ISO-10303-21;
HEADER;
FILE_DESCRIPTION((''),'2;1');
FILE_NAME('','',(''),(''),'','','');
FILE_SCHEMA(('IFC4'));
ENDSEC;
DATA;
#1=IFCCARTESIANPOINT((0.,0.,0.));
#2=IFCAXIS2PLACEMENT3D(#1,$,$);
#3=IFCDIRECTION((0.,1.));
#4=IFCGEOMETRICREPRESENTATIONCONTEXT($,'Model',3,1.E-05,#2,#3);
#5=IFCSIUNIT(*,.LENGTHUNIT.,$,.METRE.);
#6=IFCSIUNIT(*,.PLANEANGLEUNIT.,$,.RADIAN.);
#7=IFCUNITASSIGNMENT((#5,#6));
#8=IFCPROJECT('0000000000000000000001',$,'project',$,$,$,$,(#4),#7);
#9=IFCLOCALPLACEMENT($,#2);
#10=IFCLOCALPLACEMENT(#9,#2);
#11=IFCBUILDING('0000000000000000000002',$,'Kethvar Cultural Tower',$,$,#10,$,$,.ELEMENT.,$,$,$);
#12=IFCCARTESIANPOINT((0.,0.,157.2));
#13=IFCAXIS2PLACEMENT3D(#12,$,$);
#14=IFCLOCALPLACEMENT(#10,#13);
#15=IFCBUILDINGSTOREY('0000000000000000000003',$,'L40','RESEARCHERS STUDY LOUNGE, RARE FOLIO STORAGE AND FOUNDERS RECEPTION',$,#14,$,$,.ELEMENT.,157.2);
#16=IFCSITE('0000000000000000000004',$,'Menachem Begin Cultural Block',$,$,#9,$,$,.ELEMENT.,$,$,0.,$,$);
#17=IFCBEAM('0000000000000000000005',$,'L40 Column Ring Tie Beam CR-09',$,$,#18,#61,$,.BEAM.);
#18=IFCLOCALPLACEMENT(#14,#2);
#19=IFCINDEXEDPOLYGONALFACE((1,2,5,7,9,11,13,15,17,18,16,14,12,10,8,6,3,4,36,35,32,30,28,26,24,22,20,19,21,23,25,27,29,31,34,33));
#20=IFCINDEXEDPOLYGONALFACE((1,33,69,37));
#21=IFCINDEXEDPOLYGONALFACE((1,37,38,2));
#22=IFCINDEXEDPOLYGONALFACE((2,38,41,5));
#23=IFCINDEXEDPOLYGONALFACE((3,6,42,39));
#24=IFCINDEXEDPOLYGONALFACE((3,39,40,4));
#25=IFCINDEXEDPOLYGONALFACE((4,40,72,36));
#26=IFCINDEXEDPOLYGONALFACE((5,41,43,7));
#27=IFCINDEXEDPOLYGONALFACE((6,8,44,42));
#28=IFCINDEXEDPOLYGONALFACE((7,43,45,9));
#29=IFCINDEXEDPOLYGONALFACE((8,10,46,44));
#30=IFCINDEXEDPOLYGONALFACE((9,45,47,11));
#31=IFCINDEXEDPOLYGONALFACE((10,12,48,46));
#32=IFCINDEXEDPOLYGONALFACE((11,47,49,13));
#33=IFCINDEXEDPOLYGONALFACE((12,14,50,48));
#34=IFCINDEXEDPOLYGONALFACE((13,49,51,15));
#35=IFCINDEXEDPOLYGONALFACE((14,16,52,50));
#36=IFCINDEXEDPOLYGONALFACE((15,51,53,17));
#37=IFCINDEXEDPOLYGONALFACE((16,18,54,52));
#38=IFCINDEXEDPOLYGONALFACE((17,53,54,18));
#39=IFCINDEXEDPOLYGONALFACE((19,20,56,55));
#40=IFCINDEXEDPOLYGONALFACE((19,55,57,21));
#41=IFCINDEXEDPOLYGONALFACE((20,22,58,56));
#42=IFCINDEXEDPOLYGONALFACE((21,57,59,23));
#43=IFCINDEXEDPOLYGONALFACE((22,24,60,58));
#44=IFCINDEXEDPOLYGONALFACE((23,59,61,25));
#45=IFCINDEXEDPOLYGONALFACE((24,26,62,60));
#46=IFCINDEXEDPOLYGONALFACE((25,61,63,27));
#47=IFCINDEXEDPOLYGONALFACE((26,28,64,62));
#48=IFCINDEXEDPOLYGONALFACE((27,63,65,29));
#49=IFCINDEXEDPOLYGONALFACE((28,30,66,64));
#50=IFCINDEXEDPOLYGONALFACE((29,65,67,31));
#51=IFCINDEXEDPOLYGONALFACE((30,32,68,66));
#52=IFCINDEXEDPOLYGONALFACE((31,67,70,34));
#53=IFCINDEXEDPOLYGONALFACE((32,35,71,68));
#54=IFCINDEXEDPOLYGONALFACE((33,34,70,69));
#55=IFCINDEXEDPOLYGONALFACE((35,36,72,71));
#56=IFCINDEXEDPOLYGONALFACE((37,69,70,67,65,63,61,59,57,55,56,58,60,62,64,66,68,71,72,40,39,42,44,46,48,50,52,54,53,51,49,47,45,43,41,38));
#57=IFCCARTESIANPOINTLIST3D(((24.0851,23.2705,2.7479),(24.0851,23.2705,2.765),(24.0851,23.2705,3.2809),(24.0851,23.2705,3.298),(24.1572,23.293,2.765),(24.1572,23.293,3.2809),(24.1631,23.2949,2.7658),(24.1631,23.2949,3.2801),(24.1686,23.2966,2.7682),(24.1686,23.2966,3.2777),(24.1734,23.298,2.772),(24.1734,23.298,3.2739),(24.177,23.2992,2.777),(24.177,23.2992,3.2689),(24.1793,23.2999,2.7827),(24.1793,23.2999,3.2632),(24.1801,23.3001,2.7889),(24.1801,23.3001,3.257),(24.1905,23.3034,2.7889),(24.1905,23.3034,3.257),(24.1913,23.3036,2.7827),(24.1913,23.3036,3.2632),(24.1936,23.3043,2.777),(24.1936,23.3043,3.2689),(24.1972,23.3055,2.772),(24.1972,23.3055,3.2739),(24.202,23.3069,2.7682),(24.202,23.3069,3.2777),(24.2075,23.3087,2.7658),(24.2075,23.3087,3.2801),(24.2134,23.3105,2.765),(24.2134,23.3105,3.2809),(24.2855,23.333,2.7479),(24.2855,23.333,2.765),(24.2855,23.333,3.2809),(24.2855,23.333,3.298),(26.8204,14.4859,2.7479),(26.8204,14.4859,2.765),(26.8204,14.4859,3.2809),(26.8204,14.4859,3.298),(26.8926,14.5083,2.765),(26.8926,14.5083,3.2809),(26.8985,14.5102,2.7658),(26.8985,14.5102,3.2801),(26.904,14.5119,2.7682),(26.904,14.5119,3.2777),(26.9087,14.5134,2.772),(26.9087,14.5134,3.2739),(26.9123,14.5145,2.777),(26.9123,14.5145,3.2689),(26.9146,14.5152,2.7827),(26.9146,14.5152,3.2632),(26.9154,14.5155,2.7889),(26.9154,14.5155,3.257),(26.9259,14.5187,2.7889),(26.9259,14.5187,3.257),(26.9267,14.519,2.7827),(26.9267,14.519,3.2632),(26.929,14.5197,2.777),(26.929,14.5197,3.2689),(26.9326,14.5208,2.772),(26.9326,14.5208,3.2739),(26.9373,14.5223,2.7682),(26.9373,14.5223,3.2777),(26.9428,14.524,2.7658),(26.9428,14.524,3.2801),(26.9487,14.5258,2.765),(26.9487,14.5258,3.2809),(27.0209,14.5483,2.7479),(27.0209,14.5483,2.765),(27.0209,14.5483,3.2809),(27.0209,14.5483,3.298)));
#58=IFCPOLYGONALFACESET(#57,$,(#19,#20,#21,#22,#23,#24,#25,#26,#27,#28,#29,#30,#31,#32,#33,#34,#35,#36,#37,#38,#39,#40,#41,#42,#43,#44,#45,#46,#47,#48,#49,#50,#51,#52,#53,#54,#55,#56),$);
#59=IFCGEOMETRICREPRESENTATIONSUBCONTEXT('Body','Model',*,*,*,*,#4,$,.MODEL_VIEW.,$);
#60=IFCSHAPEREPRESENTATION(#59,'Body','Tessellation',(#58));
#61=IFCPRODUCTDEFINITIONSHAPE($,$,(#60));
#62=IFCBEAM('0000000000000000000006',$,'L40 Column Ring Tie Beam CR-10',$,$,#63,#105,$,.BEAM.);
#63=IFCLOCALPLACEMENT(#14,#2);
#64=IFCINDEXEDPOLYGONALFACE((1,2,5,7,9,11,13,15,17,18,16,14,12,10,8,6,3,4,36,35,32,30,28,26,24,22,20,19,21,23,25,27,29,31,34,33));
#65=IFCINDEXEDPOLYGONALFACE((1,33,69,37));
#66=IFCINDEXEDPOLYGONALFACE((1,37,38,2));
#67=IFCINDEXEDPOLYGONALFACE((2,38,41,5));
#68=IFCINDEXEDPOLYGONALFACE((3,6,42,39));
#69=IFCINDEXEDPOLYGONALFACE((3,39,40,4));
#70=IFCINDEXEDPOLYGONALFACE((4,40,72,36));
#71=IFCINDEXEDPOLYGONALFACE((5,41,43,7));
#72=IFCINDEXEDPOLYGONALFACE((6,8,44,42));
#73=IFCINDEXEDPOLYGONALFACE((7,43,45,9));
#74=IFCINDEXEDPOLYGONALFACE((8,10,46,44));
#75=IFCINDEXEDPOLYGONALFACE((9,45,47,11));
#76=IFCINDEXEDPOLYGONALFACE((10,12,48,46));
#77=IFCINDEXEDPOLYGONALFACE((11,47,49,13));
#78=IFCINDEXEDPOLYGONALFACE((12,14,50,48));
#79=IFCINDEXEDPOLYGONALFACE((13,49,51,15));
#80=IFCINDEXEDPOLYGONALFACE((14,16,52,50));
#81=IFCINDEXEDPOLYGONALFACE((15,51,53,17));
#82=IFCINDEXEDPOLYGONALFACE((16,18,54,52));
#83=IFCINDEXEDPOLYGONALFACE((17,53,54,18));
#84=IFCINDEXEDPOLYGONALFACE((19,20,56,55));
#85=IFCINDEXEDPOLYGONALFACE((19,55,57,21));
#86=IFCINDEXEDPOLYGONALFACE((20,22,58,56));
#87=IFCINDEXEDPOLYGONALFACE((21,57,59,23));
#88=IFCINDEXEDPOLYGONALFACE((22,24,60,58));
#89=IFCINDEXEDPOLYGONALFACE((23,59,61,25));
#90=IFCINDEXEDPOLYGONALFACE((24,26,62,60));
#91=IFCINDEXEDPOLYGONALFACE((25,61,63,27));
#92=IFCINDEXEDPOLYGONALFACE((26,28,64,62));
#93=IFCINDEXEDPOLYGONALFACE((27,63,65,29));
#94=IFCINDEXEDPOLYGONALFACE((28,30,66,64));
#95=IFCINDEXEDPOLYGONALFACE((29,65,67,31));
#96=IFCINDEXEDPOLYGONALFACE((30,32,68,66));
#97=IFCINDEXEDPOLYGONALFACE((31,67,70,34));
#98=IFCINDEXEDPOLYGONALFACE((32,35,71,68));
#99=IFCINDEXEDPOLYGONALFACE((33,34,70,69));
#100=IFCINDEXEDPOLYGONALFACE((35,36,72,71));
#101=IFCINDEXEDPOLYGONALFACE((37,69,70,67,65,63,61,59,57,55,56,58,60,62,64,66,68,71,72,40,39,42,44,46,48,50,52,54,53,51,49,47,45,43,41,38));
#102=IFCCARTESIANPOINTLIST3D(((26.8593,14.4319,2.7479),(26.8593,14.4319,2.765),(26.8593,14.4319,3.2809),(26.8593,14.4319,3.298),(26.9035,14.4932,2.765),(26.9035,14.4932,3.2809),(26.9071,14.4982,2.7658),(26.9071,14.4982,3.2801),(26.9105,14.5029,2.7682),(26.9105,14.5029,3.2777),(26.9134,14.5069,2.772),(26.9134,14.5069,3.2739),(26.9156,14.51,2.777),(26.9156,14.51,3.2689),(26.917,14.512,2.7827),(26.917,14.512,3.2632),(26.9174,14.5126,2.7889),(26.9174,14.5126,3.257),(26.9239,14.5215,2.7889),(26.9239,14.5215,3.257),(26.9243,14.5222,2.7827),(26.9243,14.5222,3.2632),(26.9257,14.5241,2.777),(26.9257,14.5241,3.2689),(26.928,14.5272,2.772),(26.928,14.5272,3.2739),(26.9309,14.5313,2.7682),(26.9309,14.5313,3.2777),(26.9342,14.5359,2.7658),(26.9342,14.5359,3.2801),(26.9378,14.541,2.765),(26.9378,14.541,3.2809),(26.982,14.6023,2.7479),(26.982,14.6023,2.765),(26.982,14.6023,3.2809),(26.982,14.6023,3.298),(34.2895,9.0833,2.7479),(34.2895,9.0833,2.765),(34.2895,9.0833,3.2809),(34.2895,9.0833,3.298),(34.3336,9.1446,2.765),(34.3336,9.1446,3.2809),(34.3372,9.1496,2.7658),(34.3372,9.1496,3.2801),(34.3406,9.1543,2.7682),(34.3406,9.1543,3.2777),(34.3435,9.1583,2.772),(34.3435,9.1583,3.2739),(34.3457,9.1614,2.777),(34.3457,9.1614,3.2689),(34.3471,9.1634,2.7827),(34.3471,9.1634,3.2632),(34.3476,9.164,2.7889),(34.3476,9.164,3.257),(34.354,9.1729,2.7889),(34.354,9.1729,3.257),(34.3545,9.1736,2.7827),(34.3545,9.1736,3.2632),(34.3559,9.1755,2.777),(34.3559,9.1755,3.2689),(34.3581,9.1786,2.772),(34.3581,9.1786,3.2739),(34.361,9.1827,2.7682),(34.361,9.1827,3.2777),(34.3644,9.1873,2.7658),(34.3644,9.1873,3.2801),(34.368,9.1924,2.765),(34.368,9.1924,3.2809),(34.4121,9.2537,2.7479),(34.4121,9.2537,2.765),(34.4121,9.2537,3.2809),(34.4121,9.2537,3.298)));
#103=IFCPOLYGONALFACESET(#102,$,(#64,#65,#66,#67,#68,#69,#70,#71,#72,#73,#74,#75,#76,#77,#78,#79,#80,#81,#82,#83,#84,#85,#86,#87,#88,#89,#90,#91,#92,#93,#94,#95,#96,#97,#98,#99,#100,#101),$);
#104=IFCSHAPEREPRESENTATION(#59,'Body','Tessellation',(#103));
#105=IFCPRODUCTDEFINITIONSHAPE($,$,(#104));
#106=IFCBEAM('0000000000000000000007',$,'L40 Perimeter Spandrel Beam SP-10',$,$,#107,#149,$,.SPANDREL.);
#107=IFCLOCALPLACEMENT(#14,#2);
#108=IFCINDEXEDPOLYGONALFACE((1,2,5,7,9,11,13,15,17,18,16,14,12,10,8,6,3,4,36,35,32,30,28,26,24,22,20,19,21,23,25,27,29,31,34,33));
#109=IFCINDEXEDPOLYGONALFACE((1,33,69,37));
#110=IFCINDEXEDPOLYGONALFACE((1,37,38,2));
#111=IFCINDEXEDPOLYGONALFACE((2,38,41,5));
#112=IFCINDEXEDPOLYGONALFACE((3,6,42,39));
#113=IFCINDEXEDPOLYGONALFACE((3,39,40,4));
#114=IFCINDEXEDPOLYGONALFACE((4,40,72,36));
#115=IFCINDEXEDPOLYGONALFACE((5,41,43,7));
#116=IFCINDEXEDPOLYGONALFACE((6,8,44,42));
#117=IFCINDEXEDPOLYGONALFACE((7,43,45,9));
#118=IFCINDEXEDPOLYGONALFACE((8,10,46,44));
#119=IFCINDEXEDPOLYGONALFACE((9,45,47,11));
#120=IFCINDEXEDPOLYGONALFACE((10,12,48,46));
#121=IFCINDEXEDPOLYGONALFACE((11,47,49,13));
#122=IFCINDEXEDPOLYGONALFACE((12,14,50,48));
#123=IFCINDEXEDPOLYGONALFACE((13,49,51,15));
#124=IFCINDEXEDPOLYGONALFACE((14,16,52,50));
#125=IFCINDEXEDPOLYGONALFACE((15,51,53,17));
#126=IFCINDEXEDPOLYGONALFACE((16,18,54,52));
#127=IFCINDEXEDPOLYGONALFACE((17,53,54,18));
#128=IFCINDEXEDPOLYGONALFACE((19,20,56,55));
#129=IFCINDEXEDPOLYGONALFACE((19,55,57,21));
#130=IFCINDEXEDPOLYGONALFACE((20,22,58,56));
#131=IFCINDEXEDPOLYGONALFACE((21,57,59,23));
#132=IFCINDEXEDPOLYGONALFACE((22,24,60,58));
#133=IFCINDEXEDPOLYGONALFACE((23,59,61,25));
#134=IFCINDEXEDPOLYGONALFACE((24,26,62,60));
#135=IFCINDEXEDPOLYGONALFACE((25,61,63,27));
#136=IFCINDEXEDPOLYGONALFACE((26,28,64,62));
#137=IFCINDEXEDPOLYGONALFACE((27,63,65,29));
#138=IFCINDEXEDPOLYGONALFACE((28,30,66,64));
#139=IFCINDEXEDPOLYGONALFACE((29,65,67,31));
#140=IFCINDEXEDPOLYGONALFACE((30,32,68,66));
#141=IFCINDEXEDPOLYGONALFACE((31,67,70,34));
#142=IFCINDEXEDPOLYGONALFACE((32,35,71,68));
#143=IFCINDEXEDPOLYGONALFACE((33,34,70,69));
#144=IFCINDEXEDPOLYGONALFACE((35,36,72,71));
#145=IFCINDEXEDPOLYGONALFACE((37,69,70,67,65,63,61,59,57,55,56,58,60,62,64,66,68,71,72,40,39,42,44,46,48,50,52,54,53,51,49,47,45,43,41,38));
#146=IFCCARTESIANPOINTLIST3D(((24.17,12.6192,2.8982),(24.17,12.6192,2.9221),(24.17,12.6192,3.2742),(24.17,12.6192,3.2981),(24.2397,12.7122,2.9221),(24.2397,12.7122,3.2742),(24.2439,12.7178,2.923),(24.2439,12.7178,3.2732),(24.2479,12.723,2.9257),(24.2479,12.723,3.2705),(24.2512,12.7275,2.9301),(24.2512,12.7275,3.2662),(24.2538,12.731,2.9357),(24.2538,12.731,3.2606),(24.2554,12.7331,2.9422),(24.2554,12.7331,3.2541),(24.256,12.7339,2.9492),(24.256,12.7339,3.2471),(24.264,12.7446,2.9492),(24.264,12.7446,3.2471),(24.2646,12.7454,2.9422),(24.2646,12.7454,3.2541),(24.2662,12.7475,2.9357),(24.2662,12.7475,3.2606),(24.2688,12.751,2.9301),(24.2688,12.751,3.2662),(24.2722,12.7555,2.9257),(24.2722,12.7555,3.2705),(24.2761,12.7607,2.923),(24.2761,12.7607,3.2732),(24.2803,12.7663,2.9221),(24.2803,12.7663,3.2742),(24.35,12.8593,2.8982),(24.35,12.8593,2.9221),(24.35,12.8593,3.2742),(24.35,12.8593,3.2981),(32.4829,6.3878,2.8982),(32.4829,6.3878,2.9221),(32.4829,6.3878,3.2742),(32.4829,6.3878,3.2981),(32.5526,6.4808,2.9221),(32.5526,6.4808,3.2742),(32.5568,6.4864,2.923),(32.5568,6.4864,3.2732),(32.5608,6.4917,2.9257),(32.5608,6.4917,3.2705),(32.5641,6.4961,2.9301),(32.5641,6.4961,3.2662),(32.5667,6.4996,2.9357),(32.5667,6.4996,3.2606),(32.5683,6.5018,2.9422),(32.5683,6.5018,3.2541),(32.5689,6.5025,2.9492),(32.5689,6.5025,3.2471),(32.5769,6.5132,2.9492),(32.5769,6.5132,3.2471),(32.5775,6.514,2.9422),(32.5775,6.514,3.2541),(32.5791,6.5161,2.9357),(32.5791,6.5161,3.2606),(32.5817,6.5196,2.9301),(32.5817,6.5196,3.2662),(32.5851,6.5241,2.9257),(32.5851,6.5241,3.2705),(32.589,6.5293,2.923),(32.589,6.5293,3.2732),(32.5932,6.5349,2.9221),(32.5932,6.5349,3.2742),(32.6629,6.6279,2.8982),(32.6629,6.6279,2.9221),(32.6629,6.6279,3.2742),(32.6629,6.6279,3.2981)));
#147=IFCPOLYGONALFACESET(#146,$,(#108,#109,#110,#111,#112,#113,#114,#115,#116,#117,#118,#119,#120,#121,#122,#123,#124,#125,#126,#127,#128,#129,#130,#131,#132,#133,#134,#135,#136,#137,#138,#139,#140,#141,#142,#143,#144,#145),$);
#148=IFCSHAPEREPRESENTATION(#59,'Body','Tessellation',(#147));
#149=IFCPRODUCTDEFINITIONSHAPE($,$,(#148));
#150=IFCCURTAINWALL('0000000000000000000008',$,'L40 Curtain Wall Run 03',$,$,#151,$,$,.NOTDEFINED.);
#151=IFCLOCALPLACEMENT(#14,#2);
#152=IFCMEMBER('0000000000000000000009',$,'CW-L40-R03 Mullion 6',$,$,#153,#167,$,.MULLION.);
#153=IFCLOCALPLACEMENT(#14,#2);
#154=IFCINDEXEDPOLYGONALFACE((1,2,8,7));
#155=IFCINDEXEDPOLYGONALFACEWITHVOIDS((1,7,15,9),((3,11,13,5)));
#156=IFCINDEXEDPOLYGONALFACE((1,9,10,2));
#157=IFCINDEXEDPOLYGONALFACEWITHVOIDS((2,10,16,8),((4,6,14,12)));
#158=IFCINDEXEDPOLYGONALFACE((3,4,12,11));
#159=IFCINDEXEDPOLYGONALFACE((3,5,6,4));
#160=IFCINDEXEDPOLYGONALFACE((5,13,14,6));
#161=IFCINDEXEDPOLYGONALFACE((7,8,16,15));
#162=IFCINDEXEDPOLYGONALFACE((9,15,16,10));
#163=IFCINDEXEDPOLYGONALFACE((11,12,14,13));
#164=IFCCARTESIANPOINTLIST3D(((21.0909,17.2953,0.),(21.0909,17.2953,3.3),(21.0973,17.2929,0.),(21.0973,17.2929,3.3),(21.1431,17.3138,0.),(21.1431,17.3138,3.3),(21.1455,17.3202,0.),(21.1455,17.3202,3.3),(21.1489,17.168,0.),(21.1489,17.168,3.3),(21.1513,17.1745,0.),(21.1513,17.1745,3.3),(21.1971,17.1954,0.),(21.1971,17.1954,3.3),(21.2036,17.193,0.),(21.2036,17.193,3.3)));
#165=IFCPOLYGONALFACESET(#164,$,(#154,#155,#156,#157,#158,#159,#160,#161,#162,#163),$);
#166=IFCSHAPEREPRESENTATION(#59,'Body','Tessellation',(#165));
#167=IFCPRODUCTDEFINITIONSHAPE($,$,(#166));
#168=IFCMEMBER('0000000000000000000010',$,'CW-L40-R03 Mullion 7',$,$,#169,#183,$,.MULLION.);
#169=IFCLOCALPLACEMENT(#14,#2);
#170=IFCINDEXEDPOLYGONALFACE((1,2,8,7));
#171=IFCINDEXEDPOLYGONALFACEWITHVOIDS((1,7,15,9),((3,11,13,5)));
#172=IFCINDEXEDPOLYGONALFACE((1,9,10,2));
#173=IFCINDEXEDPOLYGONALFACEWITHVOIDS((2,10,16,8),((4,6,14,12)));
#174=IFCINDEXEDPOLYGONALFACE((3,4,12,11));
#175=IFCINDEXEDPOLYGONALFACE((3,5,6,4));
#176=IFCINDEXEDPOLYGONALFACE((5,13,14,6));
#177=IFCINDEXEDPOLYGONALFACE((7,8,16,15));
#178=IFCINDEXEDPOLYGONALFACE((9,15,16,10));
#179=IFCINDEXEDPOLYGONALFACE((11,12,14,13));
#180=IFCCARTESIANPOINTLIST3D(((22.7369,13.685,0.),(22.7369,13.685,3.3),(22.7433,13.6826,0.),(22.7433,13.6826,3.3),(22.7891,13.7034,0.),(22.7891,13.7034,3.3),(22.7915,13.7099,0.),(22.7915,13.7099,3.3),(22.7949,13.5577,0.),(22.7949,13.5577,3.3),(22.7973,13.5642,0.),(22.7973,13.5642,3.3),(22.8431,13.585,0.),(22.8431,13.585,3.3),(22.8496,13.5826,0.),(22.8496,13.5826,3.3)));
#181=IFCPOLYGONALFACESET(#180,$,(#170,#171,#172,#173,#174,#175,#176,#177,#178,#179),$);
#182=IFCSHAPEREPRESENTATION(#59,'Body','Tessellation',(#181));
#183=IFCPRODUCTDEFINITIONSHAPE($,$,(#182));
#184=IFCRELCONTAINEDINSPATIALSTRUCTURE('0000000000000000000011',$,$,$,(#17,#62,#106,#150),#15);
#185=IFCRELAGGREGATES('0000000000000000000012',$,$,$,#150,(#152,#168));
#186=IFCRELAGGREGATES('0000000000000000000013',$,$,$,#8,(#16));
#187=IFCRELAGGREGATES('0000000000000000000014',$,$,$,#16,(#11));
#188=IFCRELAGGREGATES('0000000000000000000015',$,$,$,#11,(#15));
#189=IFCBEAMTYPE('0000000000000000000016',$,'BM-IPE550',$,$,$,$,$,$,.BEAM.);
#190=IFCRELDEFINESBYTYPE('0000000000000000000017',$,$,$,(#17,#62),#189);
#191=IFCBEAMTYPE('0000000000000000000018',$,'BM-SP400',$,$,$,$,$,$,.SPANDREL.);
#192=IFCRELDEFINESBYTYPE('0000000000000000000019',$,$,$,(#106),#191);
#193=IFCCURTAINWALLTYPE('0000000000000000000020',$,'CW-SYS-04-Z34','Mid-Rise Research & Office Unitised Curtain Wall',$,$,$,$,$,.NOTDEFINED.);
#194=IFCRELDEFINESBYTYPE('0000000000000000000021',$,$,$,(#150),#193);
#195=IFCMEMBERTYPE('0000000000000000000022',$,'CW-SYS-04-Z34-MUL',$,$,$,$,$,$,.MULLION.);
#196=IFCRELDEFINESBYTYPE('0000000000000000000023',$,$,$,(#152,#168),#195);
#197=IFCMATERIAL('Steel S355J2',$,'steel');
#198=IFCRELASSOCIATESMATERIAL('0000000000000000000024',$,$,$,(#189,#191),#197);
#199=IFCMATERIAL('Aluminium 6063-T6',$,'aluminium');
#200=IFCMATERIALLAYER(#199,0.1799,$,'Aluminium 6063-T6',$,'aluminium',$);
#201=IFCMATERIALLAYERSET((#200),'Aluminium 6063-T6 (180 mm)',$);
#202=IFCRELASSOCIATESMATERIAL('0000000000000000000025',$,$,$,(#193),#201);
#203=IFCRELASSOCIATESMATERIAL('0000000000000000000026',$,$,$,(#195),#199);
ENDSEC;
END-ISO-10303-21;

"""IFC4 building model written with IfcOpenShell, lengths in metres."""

from ifc_helpers import new_model, si_unit, direction, frame, origin, origin_2d, place, context, subcontext, project, spatial, hollow_rectangle, i_section, extrude, source, transform, mapped, material, layer, layer_set, material_profile, profile_set, type_object, element, aggregate, save


model = new_model("IFC4")

# Units and contexts
model_context = context("Model", 3, precision=1e-05, world=origin(), true_north=direction((0.0, 1.0)))
body_context = subcontext(model_context, "Body", "Model", "MODEL_VIEW")
ifc_project = project(units=[si_unit("LENGTHUNIT", "METRE"), si_unit("PLANEANGLEUNIT", "RADIAN")], contexts=[model_context])

# Site, building, storey
site_placement = place(None, origin())
site = spatial("IfcSite", under=ifc_project, at=site_placement, Name="Menachem Begin Cultural Block", CompositionType="ELEMENT", RefElevation=0.0)
building_placement = place(site_placement, origin())
building = spatial("IfcBuilding", under=site, at=building_placement, Name="Kethvar Cultural Tower", CompositionType="ELEMENT")
storey_placement = place(building_placement, frame((0.0, 0.0, 157.2)))
storey = spatial("IfcBuildingStorey", under=building, at=storey_placement, Name="L40", Description="RESEARCHERS STUDY LOUNGE, RARE FOLIO STORAGE AND FOUNDERS RECEPTION", CompositionType="ELEMENT", Elevation=157.2)

# Beams
ifc_material_1 = material(Name="Steel S355J2", Category="steel")
ifc_material_profile_1 = material_profile(ifc_material_1, i_section(OverallWidth=0.21, OverallDepth=0.55, WebThickness=0.011, FlangeThickness=0.0171, FilletRadius=0.0239, at=origin_2d()), Name="Steel S355J2 — IPE550")
ifc_profile_set_1 = profile_set([ifc_material_profile_1], Name="Steel S355J2 — IPE550")
beam_type_1 = type_object("IfcBeamType", Name="BM-IPE550", PredefinedType="BEAM", material=ifc_profile_set_1)
shared_shape_1 = source(origin(), body_context, "Body", "SweptSolid", [
    extrude(i_section(OverallWidth=0.21, OverallDepth=0.55, WebThickness=0.011, FlangeThickness=0.0171, FilletRadius=0.0239, at=origin_2d()), origin(), (0.0, 0.0, 1.0), 9.2007),
])
beam_1_placement = place(storey_placement, frame((24.1853, 23.3018, 3.0229), z_axis=(0.297299, -0.954784, 0.0), x_axis=(0.954784, 0.297299, 0.0)))
element("IfcBeam", 1, at=beam_1_placement, inside=storey, type_object=beam_type_1, Name="L40 Column Ring Tie Beam CR-09", PredefinedType="BEAM", context=body_context, shape_type="MappedRepresentation", body=[
    mapped(shared_shape_1, transform((0.0, 0.0, 0.0), scale=1.0)),
])
shared_shape_2 = source(origin(), body_context, "Body", "SweptSolid", [
    extrude(i_section(OverallWidth=0.21, OverallDepth=0.55, WebThickness=0.011, FlangeThickness=0.0171, FilletRadius=0.0239, at=origin_2d()), origin(), (0.0, 0.0, 1.0), 9.155),
])
beam_2_placement = place(storey_placement, frame((26.9207, 14.5171, 3.0229), z_axis=(0.811591, -0.584226, 0.0), x_axis=(0.584226, 0.811591, 0.0)))
element("IfcBeam", 2, at=beam_2_placement, inside=storey, type_object=beam_type_1, Name="L40 Column Ring Tie Beam CR-10", PredefinedType="BEAM", context=body_context, shape_type="MappedRepresentation", body=[
    mapped(shared_shape_2, transform((0.0, 0.0, 0.0), scale=1.0)),
])
ifc_material_profile_2 = material_profile(ifc_material_1, i_section(OverallWidth=0.3, OverallDepth=0.3999, WebThickness=0.0134, FlangeThickness=0.0239, FilletRadius=0.0271, at=origin_2d()), Name="Steel S355J2 — HEB400")
ifc_profile_set_2 = profile_set([ifc_material_profile_2], Name="Steel S355J2 — HEB400")
beam_type_2 = type_object("IfcBeamType", Name="BM-SP400", PredefinedType="SPANDREL", material=ifc_profile_set_2)
shared_shape_3 = source(origin(), body_context, "Body", "SweptSolid", [
    extrude(i_section(OverallWidth=0.3, OverallDepth=0.3999, WebThickness=0.0134, FlangeThickness=0.0239, FilletRadius=0.0271, at=origin_2d()), origin(), (0.0, 0.0, 1.0), 10.3892),
])
beam_3_placement = place(storey_placement, frame((24.26, 12.7393, 3.0981), z_axis=(0.800152, -0.599797, 0.0), x_axis=(0.599797, 0.800152, 0.0)))
element("IfcBeam", 3, at=beam_3_placement, inside=storey, type_object=beam_type_2, Name="L40 Perimeter Spandrel Beam SP-10", PredefinedType="SPANDREL", context=body_context, shape_type="MappedRepresentation", body=[
    mapped(shared_shape_3, transform((0.0, 0.0, 0.0), scale=1.0)),
])

# Curtain wall, members
ifc_material_2 = material(Name="Aluminium 6063-T6", Category="aluminium")
ifc_layer_1 = layer(ifc_material_2, 0.1799, Name="Aluminium 6063-T6", Category="aluminium")
ifc_layer_set_1 = layer_set([ifc_layer_1], Name="Aluminium 6063-T6 (180 mm)")
curtain_wall_type = type_object("IfcCurtainWallType", Name="CW-SYS-04-Z34", Description="Mid-Rise Research & Office Unitised Curtain Wall", PredefinedType="NOTDEFINED", material=ifc_layer_set_1)
curtain_wall_1_placement = place(storey_placement, origin())
curtain_wall_1 = element("IfcCurtainWall", 4, at=curtain_wall_1_placement, inside=storey, type_object=curtain_wall_type, Name="L40 Curtain Wall Run 03", PredefinedType="NOTDEFINED")
ifc_material_profile_3 = material_profile(ifc_material_2, hollow_rectangle(XDim=0.0601, YDim=0.1399, WallThickness=0.0049, at=origin_2d()), Name="Aluminium 6063-T6 — RHS140x60x5")
ifc_profile_set_3 = profile_set([ifc_material_profile_3], Name="Aluminium 6063-T6 — RHS140x60x5")
member_type_1 = type_object("IfcMemberType", Name="CW-SYS-04-Z34-MUL", PredefinedType="MULLION", material=ifc_profile_set_3)
shared_shape_4 = source(origin(), body_context, "Body", "SweptSolid", [
    extrude(hollow_rectangle(XDim=0.0601, YDim=0.1399, WallThickness=0.0049, at=origin_2d()), origin(), (0.0, 0.0, 1.0), 3.3),
])
member_1_placement = place(storey_placement, frame((21.1472, 17.2441, 0.0), z_axis=(0.0, 0.0, 1.0), x_axis=(0.909896, 0.414836, 0.0)))
member_1 = element("IfcMember", 5, at=member_1_placement, type_object=member_type_1, Name="CW-L40-R03 Mullion 6", PredefinedType="MULLION", context=body_context, shape_type="MappedRepresentation", body=[
    mapped(shared_shape_4, transform((0.0, 0.0, 0.0), scale=1.0)),
])
member_2_placement = place(storey_placement, frame((22.7932, 13.6338, 0.0), z_axis=(0.0, 0.0, 1.0), x_axis=(0.909896, 0.414836, 0.0)))
member_2 = element("IfcMember", 6, at=member_2_placement, type_object=member_type_1, Name="CW-L40-R03 Mullion 7", PredefinedType="MULLION", context=body_context, shape_type="MappedRepresentation", body=[
    mapped(shared_shape_4, transform((0.0, 0.0, 0.0), scale=1.0)),
])

aggregate(curtain_wall_1, [member_1, member_2])

save(model, "model.ifc")
